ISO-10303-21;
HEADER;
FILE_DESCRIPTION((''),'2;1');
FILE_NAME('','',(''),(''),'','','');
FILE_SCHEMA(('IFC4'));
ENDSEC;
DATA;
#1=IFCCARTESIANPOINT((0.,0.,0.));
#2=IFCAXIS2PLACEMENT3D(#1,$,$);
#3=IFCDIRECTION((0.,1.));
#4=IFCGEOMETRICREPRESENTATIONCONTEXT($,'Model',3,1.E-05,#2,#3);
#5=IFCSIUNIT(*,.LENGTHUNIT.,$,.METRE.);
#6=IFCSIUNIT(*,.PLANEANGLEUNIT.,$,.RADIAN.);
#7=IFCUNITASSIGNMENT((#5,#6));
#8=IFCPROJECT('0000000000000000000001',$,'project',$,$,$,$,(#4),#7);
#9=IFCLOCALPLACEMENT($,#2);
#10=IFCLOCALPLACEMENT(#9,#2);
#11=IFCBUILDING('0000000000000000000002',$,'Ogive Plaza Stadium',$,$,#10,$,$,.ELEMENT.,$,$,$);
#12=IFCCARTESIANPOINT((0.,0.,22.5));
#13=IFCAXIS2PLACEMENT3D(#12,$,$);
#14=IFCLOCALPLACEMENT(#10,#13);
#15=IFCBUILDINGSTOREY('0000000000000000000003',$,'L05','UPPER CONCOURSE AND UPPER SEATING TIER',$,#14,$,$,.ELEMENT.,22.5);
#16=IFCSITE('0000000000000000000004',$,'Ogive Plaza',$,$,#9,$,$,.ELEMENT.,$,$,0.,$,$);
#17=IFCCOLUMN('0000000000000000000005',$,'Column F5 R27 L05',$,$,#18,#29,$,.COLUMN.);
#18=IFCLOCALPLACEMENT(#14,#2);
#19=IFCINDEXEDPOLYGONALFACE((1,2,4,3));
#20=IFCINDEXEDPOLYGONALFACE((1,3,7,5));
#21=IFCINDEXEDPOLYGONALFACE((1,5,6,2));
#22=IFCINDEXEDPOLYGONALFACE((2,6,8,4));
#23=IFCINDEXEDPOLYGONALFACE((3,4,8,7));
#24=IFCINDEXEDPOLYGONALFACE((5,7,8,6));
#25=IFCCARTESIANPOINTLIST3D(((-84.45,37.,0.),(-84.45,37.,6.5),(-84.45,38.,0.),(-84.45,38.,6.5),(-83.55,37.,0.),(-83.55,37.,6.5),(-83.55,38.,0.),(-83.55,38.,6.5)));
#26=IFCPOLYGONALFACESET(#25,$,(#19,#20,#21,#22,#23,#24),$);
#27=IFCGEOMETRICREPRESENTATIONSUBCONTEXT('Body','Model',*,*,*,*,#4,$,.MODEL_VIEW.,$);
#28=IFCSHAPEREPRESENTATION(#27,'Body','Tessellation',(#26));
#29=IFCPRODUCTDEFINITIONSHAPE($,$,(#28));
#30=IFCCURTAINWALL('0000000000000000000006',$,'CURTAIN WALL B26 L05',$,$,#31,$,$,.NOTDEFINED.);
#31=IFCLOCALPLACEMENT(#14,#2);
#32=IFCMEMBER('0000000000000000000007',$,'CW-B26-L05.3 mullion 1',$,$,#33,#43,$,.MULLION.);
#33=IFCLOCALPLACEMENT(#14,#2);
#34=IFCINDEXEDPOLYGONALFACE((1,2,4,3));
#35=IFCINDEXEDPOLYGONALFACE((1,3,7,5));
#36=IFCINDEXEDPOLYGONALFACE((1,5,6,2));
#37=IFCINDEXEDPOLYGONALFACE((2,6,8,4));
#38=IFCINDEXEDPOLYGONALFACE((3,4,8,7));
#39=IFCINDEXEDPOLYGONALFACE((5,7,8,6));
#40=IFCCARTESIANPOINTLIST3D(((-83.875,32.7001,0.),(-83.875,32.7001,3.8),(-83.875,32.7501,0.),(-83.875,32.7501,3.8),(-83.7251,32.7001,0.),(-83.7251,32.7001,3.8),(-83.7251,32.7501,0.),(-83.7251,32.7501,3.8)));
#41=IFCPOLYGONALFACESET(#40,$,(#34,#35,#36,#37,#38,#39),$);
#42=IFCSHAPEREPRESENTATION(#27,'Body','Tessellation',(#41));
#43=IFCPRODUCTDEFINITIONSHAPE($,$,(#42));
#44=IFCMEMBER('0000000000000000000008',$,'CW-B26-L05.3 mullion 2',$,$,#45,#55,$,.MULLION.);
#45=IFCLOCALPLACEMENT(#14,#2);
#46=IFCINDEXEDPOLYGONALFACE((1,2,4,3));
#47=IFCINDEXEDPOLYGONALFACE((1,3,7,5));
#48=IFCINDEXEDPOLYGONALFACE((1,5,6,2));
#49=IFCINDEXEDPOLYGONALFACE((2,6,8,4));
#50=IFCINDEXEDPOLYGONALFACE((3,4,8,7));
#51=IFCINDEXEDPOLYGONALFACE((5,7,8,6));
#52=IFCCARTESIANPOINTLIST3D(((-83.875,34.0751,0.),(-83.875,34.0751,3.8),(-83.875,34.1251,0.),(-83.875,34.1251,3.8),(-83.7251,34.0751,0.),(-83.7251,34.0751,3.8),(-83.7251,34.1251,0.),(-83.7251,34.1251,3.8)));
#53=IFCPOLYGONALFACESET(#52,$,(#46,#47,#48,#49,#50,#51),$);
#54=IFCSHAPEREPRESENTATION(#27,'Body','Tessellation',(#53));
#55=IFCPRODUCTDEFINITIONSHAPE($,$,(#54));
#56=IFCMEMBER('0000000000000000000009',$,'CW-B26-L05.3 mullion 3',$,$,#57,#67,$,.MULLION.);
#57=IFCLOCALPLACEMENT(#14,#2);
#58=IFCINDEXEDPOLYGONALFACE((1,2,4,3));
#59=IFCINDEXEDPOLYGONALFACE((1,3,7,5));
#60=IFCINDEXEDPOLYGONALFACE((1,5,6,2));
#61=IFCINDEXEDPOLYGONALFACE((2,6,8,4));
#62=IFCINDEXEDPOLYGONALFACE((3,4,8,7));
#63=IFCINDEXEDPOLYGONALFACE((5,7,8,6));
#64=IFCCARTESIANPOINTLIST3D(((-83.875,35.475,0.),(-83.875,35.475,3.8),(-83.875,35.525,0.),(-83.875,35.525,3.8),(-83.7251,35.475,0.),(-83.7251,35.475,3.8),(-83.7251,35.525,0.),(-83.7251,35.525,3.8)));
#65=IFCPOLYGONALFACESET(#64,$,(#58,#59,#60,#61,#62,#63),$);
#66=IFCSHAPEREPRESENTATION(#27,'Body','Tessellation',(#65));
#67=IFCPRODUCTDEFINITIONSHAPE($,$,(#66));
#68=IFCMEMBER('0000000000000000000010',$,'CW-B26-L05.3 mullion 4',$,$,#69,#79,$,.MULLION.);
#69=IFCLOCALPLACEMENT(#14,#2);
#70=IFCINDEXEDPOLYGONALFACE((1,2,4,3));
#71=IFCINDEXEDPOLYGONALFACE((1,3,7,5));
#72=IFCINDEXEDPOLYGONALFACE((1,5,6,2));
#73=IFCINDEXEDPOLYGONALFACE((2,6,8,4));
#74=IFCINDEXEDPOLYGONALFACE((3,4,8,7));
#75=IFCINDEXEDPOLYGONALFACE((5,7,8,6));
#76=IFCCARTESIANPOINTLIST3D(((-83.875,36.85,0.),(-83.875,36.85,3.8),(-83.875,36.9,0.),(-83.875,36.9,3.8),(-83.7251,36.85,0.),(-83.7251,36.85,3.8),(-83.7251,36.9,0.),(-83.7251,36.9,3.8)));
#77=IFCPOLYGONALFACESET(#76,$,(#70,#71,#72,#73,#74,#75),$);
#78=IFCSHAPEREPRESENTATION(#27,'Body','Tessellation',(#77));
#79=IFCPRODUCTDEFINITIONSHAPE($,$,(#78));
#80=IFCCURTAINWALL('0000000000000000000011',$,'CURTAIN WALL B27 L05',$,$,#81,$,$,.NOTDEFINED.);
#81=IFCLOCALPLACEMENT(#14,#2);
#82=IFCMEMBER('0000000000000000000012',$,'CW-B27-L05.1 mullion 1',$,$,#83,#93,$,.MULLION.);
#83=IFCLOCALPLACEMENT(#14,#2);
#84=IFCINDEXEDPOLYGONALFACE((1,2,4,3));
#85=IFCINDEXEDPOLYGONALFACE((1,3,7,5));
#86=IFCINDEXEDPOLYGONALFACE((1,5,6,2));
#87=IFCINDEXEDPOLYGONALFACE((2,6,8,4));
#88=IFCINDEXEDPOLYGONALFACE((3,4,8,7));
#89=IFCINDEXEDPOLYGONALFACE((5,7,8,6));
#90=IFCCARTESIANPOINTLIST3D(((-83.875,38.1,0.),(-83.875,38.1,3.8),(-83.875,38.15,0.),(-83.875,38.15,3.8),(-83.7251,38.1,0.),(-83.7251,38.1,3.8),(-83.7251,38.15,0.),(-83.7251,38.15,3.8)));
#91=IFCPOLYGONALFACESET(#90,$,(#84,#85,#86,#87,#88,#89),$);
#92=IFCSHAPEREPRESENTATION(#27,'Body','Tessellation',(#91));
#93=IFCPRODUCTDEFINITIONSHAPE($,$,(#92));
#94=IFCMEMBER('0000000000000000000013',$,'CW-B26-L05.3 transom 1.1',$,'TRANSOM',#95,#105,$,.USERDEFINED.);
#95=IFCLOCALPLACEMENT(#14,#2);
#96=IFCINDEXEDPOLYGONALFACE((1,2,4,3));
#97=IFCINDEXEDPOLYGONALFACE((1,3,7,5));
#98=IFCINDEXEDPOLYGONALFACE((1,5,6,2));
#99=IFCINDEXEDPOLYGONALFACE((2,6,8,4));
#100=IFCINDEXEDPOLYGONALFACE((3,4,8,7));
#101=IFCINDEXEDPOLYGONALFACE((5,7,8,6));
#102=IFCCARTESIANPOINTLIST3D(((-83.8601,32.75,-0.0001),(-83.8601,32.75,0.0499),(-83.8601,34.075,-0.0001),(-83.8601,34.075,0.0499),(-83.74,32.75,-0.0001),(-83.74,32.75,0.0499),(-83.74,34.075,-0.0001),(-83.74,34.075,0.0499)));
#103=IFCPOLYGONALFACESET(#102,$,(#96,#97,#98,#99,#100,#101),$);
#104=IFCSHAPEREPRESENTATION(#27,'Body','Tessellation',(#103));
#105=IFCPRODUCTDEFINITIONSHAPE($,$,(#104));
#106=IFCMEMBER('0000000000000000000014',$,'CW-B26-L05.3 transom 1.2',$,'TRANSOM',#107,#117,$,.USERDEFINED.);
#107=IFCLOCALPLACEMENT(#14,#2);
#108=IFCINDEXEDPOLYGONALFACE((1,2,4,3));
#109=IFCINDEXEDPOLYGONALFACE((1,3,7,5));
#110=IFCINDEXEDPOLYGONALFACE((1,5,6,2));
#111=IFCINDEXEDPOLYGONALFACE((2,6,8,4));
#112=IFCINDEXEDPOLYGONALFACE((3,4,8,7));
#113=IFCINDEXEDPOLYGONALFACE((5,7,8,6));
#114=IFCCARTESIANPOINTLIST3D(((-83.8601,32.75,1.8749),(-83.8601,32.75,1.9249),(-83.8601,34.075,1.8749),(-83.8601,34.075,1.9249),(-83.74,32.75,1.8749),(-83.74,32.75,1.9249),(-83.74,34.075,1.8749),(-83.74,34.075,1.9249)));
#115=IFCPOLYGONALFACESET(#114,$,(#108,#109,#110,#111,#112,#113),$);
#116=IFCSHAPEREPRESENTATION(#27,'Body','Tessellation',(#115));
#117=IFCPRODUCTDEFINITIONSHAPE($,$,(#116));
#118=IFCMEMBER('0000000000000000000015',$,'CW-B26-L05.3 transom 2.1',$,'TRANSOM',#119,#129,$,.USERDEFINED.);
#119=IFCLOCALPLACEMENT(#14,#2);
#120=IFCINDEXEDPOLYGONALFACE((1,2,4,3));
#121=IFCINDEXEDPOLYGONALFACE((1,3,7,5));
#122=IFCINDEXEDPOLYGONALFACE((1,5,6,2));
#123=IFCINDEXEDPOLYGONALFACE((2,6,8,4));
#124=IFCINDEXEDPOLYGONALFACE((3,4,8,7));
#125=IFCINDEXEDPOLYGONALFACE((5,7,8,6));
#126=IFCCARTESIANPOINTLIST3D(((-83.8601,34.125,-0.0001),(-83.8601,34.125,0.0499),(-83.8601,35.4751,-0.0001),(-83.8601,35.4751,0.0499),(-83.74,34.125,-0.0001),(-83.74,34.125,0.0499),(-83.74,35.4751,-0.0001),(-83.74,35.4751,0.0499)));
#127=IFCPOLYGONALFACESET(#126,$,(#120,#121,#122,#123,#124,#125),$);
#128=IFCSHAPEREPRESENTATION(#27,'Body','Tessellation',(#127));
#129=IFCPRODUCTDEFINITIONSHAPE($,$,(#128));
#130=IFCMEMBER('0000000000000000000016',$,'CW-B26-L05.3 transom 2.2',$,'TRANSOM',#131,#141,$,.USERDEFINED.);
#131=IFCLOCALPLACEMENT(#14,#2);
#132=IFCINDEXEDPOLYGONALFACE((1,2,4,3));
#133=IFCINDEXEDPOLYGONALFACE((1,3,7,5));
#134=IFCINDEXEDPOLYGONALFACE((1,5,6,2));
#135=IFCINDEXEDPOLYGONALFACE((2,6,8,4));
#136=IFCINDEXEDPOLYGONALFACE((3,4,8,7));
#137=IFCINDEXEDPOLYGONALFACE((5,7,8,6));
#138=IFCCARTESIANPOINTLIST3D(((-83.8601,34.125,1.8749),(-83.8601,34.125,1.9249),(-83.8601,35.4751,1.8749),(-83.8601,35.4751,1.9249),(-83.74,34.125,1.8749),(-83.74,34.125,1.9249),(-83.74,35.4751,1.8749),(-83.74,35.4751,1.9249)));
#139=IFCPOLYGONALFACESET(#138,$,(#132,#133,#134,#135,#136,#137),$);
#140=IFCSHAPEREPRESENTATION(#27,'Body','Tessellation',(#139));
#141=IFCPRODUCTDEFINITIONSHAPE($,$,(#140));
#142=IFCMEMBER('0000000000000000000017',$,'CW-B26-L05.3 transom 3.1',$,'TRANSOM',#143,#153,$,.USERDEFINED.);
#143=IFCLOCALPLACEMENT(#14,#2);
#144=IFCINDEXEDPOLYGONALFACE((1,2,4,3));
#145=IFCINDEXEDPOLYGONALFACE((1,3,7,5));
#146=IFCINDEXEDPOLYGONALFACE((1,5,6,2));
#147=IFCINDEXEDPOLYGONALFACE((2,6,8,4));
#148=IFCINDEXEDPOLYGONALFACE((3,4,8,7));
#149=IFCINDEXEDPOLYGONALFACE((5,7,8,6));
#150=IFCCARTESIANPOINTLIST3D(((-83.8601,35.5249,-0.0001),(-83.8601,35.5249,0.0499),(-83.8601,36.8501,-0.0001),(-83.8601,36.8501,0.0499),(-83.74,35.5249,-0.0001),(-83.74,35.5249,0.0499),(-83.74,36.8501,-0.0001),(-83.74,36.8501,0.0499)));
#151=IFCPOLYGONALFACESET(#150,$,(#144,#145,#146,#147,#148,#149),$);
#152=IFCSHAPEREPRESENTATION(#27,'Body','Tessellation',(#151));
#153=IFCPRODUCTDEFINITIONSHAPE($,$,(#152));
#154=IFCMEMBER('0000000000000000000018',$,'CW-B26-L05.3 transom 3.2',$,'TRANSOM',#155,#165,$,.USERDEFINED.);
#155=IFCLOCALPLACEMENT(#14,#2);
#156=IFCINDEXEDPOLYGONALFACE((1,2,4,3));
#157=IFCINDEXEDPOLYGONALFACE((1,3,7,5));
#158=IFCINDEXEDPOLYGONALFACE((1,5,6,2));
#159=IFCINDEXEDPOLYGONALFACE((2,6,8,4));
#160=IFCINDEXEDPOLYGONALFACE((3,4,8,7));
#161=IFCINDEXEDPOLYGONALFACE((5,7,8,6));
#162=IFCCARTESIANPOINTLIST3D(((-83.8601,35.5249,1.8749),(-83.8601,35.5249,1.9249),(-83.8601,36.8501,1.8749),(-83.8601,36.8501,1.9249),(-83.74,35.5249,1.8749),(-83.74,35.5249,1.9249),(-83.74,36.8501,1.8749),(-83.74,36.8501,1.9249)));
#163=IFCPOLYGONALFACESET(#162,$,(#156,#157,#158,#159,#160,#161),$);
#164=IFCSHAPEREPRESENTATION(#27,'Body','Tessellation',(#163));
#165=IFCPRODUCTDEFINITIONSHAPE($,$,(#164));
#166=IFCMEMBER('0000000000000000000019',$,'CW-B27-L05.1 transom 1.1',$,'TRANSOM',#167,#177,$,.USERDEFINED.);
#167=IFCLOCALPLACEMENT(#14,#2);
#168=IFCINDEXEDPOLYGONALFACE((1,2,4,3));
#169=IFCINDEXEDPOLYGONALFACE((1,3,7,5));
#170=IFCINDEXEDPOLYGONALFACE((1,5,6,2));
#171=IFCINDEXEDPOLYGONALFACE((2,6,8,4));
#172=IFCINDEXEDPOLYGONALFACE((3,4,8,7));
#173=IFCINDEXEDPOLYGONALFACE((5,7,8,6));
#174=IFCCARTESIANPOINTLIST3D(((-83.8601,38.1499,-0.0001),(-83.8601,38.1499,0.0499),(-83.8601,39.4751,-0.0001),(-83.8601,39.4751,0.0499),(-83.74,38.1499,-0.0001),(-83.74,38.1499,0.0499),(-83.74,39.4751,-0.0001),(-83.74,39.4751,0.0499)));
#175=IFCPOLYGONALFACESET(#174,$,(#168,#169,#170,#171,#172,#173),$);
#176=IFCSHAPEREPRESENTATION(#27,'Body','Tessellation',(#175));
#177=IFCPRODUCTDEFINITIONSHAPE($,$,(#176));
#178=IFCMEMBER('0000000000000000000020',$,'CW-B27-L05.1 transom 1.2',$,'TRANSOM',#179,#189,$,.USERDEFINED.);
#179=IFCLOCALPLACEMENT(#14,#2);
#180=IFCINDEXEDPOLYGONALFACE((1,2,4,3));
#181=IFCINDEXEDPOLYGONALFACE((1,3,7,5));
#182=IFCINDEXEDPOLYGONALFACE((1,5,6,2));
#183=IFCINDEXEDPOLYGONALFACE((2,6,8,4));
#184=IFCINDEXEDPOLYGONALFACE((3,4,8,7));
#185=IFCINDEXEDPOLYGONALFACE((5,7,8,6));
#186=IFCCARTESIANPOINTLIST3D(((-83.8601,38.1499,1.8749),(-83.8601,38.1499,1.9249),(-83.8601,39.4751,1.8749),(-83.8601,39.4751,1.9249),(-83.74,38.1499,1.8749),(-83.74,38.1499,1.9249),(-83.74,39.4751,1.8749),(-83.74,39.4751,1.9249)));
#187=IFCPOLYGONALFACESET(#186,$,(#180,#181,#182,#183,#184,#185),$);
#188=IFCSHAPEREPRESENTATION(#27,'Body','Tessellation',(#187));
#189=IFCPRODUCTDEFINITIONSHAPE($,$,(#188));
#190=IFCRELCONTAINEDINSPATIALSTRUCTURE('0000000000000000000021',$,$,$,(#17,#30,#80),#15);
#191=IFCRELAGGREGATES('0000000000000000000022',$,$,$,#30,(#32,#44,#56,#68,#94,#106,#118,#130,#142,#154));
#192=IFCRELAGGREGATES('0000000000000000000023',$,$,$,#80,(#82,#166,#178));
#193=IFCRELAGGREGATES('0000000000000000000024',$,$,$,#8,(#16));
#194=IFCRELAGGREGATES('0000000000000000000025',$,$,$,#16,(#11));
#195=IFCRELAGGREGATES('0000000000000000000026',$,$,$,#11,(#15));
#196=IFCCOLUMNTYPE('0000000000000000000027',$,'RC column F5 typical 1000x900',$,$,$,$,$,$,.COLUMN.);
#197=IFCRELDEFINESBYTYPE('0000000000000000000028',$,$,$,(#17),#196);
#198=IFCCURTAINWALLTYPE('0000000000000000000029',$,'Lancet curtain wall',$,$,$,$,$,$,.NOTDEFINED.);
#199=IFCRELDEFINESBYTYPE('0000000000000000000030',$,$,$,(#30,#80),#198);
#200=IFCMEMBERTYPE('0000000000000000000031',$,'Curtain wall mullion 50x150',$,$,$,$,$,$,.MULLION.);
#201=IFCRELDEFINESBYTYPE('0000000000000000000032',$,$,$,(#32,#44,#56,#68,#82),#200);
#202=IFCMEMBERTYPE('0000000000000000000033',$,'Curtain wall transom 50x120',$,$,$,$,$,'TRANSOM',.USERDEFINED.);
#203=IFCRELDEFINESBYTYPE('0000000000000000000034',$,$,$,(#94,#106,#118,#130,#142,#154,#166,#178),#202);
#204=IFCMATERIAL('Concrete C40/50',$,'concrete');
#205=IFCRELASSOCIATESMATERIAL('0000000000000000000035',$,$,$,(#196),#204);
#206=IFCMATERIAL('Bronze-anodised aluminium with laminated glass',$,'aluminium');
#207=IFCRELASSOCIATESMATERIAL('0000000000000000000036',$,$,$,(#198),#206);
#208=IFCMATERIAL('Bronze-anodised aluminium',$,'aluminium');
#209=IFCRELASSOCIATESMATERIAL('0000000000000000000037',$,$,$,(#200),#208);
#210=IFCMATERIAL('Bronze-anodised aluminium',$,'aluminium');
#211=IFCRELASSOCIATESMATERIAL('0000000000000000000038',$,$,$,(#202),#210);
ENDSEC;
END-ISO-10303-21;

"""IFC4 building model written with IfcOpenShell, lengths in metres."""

from ifc_helpers import new_model, si_unit, direction, frame, origin, origin_2d, place, context, subcontext, project, spatial, rectangle, extrude, material, material_profile, profile_set, type_object, element, aggregate, save


model = new_model("IFC4")

# Units and contexts
model_context = context("Model", 3, precision=1e-05, world=origin(), true_north=direction((0.0, 1.0)))
body_context = subcontext(model_context, "Body", "Model", "MODEL_VIEW")
ifc_project = project(units=[si_unit("LENGTHUNIT", "METRE"), si_unit("PLANEANGLEUNIT", "RADIAN")], contexts=[model_context])

# Site, building, storey
site_placement = place(None, origin())
site = spatial("IfcSite", under=ifc_project, at=site_placement, Name="Ogive Plaza", CompositionType="ELEMENT", RefElevation=0.0)
building_placement = place(site_placement, origin())
building = spatial("IfcBuilding", under=site, at=building_placement, Name="Ogive Plaza Stadium", CompositionType="ELEMENT")
storey_placement = place(building_placement, frame((0.0, 0.0, 22.5)))
storey = spatial("IfcBuildingStorey", under=building, at=storey_placement, Name="L05", Description="UPPER CONCOURSE AND UPPER SEATING TIER", CompositionType="ELEMENT", Elevation=22.5)

# Column
ifc_material_1 = material(Name="Concrete C40/50", Category="concrete")
ifc_material_profile_1 = material_profile(ifc_material_1, rectangle(XDim=1.0, YDim=0.8999, at=origin_2d()), Name="RC 1000x900")
ifc_profile_set_1 = profile_set([ifc_material_profile_1], Name="Concrete C40/50")
column_type = type_object("IfcColumnType", Name="RC column F5 typical 1000x900", PredefinedType="COLUMN", material=ifc_profile_set_1)
column_placement = place(storey_placement, frame((-84.0, 37.5, 0.0), z_axis=(0.0, 0.0, 1.0), x_axis=(0.0, -1.0, 0.0)))
element("IfcColumn", 1, at=column_placement, inside=storey, type_object=column_type, Name="Column F5 R27 L05", PredefinedType="COLUMN", context=body_context, shape_type="SweptSolid", body=[
    extrude(rectangle(XDim=1.0, YDim=0.8999, at=origin_2d()), origin(), (0.0, 0.0, 1.0), 6.5),
])

# Curtain wall, members
ifc_material_2 = material(Name="Bronze-anodised aluminium with laminated glass", Category="aluminium")
curtain_wall_type = type_object("IfcCurtainWallType", Name="Lancet curtain wall", PredefinedType="NOTDEFINED", material=ifc_material_2)
curtain_wall_1_placement = place(storey_placement, origin())
curtain_wall_1 = element("IfcCurtainWall", 2, at=curtain_wall_1_placement, inside=storey, type_object=curtain_wall_type, Name="CURTAIN WALL B26 L05", PredefinedType="NOTDEFINED")
ifc_material_3 = material(Name="Bronze-anodised aluminium", Category="aluminium")
ifc_material_profile_2 = material_profile(ifc_material_3, rectangle(XDim=0.1499, YDim=0.05, at=origin_2d()), Name="AL 150x50")
ifc_profile_set_2 = profile_set([ifc_material_profile_2], Name="Bronze-anodised aluminium")
member_type_1 = type_object("IfcMemberType", Name="Curtain wall mullion 50x150", PredefinedType="MULLION", material=ifc_profile_set_2)
member_1_placement = place(storey_placement, frame((-83.8, 32.7251, 0.0), z_axis=(0.0, 0.0, 1.0), x_axis=(-1.0, 0.0, 0.0)))
member_1 = element("IfcMember", 3, at=member_1_placement, type_object=member_type_1, Name="CW-B26-L05.3 mullion 1", PredefinedType="MULLION", context=body_context, shape_type="SweptSolid", body=[
    extrude(rectangle(XDim=0.1499, YDim=0.05, at=origin_2d()), origin(), (0.0, 0.0, 1.0), 3.8),
])
member_2_placement = place(storey_placement, frame((-83.8, 34.1001, 0.0), z_axis=(0.0, 0.0, 1.0), x_axis=(-1.0, 0.0, 0.0)))
member_2 = element("IfcMember", 4, at=member_2_placement, type_object=member_type_1, Name="CW-B26-L05.3 mullion 2", PredefinedType="MULLION", context=body_context, shape_type="SweptSolid", body=[
    extrude(rectangle(XDim=0.1499, YDim=0.05, at=origin_2d()), origin(), (0.0, 0.0, 1.0), 3.8),
])
member_3_placement = place(storey_placement, frame((-83.8, 35.5, 0.0), z_axis=(0.0, 0.0, 1.0), x_axis=(-1.0, 0.0, 0.0)))
member_3 = element("IfcMember", 5, at=member_3_placement, type_object=member_type_1, Name="CW-B26-L05.3 mullion 3", PredefinedType="MULLION", context=body_context, shape_type="SweptSolid", body=[
    extrude(rectangle(XDim=0.1499, YDim=0.05, at=origin_2d()), origin(), (0.0, 0.0, 1.0), 3.8),
])
member_4_placement = place(storey_placement, frame((-83.8, 36.875, 0.0), z_axis=(0.0, 0.0, 1.0), x_axis=(-1.0, 0.0, 0.0)))
member_4 = element("IfcMember", 6, at=member_4_placement, type_object=member_type_1, Name="CW-B26-L05.3 mullion 4", PredefinedType="MULLION", context=body_context, shape_type="SweptSolid", body=[
    extrude(rectangle(XDim=0.1499, YDim=0.05, at=origin_2d()), origin(), (0.0, 0.0, 1.0), 3.8),
])

# Curtain wall, member
curtain_wall_2_placement = place(storey_placement, origin())
curtain_wall_2 = element("IfcCurtainWall", 7, at=curtain_wall_2_placement, inside=storey, type_object=curtain_wall_type, Name="CURTAIN WALL B27 L05", PredefinedType="NOTDEFINED")
member_5_placement = place(storey_placement, frame((-83.8, 38.125, 0.0), z_axis=(0.0, 0.0, 1.0), x_axis=(-1.0, 0.0, 0.0)))
member_5 = element("IfcMember", 8, at=member_5_placement, type_object=member_type_1, Name="CW-B27-L05.1 mullion 1", PredefinedType="MULLION", context=body_context, shape_type="SweptSolid", body=[
    extrude(rectangle(XDim=0.1499, YDim=0.05, at=origin_2d()), origin(), (0.0, 0.0, 1.0), 3.8),
])

# Members
ifc_material_4 = material(Name="Bronze-anodised aluminium", Category="aluminium")
ifc_material_profile_3 = material_profile(ifc_material_4, rectangle(XDim=0.1201, YDim=0.05, at=origin_2d()), Name="AL 120x50")
ifc_profile_set_3 = profile_set([ifc_material_profile_3], Name="Bronze-anodised aluminium")
member_type_2 = type_object("IfcMemberType", Name="Curtain wall transom 50x120", ElementType="TRANSOM", PredefinedType="USERDEFINED", material=ifc_profile_set_3)
member_6_placement = place(storey_placement, frame((-83.8, 32.75, 0.0249), z_axis=(0.0, 1.0, 0.0), x_axis=(-1.0, 0.0, 0.0)))
member_6 = element("IfcMember", 9, at=member_6_placement, type_object=member_type_2, Name="CW-B26-L05.3 transom 1.1", ObjectType="TRANSOM", PredefinedType="USERDEFINED", context=body_context, shape_type="SweptSolid", body=[
    extrude(rectangle(XDim=0.1201, YDim=0.05, at=origin_2d()), origin(), (0.0, 0.0, 1.0), 1.325),
])
member_7_placement = place(storey_placement, frame((-83.8, 32.75, 1.8999), z_axis=(0.0, 1.0, 0.0), x_axis=(-1.0, 0.0, 0.0)))
member_7 = element("IfcMember", 10, at=member_7_placement, type_object=member_type_2, Name="CW-B26-L05.3 transom 1.2", ObjectType="TRANSOM", PredefinedType="USERDEFINED", context=body_context, shape_type="SweptSolid", body=[
    extrude(rectangle(XDim=0.1201, YDim=0.05, at=origin_2d()), origin(), (0.0, 0.0, 1.0), 1.325),
])
member_8_placement = place(storey_placement, frame((-83.8, 34.125, 0.0249), z_axis=(0.0, 1.0, 0.0), x_axis=(-1.0, 0.0, 0.0)))
member_8 = element("IfcMember", 11, at=member_8_placement, type_object=member_type_2, Name="CW-B26-L05.3 transom 2.1", ObjectType="TRANSOM", PredefinedType="USERDEFINED", context=body_context, shape_type="SweptSolid", body=[
    extrude(rectangle(XDim=0.1201, YDim=0.05, at=origin_2d()), origin(), (0.0, 0.0, 1.0), 1.3501),
])
member_9_placement = place(storey_placement, frame((-83.8, 34.125, 1.8999), z_axis=(0.0, 1.0, 0.0), x_axis=(-1.0, 0.0, 0.0)))
member_9 = element("IfcMember", 12, at=member_9_placement, type_object=member_type_2, Name="CW-B26-L05.3 transom 2.2", ObjectType="TRANSOM", PredefinedType="USERDEFINED", context=body_context, shape_type="SweptSolid", body=[
    extrude(rectangle(XDim=0.1201, YDim=0.05, at=origin_2d()), origin(), (0.0, 0.0, 1.0), 1.3501),
])
member_10_placement = place(storey_placement, frame((-83.8, 35.5249, 0.0249), z_axis=(0.0, 1.0, 0.0), x_axis=(-1.0, 0.0, 0.0)))
member_10 = element("IfcMember", 13, at=member_10_placement, type_object=member_type_2, Name="CW-B26-L05.3 transom 3.1", ObjectType="TRANSOM", PredefinedType="USERDEFINED", context=body_context, shape_type="SweptSolid", body=[
    extrude(rectangle(XDim=0.1201, YDim=0.05, at=origin_2d()), origin(), (0.0, 0.0, 1.0), 1.3252),
])
member_11_placement = place(storey_placement, frame((-83.8, 35.5249, 1.8999), z_axis=(0.0, 1.0, 0.0), x_axis=(-1.0, 0.0, 0.0)))
member_11 = element("IfcMember", 14, at=member_11_placement, type_object=member_type_2, Name="CW-B26-L05.3 transom 3.2", ObjectType="TRANSOM", PredefinedType="USERDEFINED", context=body_context, shape_type="SweptSolid", body=[
    extrude(rectangle(XDim=0.1201, YDim=0.05, at=origin_2d()), origin(), (0.0, 0.0, 1.0), 1.3252),
])
member_12_placement = place(storey_placement, frame((-83.8, 38.1499, 0.0249), z_axis=(0.0, 1.0, 0.0), x_axis=(-1.0, 0.0, 0.0)))
member_12 = element("IfcMember", 15, at=member_12_placement, type_object=member_type_2, Name="CW-B27-L05.1 transom 1.1", ObjectType="TRANSOM", PredefinedType="USERDEFINED", context=body_context, shape_type="SweptSolid", body=[
    extrude(rectangle(XDim=0.1201, YDim=0.05, at=origin_2d()), origin(), (0.0, 0.0, 1.0), 1.3252),
])
member_13_placement = place(storey_placement, frame((-83.8, 38.1499, 1.8999), z_axis=(0.0, 1.0, 0.0), x_axis=(-1.0, 0.0, 0.0)))
member_13 = element("IfcMember", 16, at=member_13_placement, type_object=member_type_2, Name="CW-B27-L05.1 transom 1.2", ObjectType="TRANSOM", PredefinedType="USERDEFINED", context=body_context, shape_type="SweptSolid", body=[
    extrude(rectangle(XDim=0.1201, YDim=0.05, at=origin_2d()), origin(), (0.0, 0.0, 1.0), 1.3252),
])

aggregate(curtain_wall_1, [member_1, member_2, member_3, member_4, member_6, member_7, member_8, member_9, member_10, member_11])
aggregate(curtain_wall_2, [member_5, member_12, member_13])

save(model, "model.ifc")
